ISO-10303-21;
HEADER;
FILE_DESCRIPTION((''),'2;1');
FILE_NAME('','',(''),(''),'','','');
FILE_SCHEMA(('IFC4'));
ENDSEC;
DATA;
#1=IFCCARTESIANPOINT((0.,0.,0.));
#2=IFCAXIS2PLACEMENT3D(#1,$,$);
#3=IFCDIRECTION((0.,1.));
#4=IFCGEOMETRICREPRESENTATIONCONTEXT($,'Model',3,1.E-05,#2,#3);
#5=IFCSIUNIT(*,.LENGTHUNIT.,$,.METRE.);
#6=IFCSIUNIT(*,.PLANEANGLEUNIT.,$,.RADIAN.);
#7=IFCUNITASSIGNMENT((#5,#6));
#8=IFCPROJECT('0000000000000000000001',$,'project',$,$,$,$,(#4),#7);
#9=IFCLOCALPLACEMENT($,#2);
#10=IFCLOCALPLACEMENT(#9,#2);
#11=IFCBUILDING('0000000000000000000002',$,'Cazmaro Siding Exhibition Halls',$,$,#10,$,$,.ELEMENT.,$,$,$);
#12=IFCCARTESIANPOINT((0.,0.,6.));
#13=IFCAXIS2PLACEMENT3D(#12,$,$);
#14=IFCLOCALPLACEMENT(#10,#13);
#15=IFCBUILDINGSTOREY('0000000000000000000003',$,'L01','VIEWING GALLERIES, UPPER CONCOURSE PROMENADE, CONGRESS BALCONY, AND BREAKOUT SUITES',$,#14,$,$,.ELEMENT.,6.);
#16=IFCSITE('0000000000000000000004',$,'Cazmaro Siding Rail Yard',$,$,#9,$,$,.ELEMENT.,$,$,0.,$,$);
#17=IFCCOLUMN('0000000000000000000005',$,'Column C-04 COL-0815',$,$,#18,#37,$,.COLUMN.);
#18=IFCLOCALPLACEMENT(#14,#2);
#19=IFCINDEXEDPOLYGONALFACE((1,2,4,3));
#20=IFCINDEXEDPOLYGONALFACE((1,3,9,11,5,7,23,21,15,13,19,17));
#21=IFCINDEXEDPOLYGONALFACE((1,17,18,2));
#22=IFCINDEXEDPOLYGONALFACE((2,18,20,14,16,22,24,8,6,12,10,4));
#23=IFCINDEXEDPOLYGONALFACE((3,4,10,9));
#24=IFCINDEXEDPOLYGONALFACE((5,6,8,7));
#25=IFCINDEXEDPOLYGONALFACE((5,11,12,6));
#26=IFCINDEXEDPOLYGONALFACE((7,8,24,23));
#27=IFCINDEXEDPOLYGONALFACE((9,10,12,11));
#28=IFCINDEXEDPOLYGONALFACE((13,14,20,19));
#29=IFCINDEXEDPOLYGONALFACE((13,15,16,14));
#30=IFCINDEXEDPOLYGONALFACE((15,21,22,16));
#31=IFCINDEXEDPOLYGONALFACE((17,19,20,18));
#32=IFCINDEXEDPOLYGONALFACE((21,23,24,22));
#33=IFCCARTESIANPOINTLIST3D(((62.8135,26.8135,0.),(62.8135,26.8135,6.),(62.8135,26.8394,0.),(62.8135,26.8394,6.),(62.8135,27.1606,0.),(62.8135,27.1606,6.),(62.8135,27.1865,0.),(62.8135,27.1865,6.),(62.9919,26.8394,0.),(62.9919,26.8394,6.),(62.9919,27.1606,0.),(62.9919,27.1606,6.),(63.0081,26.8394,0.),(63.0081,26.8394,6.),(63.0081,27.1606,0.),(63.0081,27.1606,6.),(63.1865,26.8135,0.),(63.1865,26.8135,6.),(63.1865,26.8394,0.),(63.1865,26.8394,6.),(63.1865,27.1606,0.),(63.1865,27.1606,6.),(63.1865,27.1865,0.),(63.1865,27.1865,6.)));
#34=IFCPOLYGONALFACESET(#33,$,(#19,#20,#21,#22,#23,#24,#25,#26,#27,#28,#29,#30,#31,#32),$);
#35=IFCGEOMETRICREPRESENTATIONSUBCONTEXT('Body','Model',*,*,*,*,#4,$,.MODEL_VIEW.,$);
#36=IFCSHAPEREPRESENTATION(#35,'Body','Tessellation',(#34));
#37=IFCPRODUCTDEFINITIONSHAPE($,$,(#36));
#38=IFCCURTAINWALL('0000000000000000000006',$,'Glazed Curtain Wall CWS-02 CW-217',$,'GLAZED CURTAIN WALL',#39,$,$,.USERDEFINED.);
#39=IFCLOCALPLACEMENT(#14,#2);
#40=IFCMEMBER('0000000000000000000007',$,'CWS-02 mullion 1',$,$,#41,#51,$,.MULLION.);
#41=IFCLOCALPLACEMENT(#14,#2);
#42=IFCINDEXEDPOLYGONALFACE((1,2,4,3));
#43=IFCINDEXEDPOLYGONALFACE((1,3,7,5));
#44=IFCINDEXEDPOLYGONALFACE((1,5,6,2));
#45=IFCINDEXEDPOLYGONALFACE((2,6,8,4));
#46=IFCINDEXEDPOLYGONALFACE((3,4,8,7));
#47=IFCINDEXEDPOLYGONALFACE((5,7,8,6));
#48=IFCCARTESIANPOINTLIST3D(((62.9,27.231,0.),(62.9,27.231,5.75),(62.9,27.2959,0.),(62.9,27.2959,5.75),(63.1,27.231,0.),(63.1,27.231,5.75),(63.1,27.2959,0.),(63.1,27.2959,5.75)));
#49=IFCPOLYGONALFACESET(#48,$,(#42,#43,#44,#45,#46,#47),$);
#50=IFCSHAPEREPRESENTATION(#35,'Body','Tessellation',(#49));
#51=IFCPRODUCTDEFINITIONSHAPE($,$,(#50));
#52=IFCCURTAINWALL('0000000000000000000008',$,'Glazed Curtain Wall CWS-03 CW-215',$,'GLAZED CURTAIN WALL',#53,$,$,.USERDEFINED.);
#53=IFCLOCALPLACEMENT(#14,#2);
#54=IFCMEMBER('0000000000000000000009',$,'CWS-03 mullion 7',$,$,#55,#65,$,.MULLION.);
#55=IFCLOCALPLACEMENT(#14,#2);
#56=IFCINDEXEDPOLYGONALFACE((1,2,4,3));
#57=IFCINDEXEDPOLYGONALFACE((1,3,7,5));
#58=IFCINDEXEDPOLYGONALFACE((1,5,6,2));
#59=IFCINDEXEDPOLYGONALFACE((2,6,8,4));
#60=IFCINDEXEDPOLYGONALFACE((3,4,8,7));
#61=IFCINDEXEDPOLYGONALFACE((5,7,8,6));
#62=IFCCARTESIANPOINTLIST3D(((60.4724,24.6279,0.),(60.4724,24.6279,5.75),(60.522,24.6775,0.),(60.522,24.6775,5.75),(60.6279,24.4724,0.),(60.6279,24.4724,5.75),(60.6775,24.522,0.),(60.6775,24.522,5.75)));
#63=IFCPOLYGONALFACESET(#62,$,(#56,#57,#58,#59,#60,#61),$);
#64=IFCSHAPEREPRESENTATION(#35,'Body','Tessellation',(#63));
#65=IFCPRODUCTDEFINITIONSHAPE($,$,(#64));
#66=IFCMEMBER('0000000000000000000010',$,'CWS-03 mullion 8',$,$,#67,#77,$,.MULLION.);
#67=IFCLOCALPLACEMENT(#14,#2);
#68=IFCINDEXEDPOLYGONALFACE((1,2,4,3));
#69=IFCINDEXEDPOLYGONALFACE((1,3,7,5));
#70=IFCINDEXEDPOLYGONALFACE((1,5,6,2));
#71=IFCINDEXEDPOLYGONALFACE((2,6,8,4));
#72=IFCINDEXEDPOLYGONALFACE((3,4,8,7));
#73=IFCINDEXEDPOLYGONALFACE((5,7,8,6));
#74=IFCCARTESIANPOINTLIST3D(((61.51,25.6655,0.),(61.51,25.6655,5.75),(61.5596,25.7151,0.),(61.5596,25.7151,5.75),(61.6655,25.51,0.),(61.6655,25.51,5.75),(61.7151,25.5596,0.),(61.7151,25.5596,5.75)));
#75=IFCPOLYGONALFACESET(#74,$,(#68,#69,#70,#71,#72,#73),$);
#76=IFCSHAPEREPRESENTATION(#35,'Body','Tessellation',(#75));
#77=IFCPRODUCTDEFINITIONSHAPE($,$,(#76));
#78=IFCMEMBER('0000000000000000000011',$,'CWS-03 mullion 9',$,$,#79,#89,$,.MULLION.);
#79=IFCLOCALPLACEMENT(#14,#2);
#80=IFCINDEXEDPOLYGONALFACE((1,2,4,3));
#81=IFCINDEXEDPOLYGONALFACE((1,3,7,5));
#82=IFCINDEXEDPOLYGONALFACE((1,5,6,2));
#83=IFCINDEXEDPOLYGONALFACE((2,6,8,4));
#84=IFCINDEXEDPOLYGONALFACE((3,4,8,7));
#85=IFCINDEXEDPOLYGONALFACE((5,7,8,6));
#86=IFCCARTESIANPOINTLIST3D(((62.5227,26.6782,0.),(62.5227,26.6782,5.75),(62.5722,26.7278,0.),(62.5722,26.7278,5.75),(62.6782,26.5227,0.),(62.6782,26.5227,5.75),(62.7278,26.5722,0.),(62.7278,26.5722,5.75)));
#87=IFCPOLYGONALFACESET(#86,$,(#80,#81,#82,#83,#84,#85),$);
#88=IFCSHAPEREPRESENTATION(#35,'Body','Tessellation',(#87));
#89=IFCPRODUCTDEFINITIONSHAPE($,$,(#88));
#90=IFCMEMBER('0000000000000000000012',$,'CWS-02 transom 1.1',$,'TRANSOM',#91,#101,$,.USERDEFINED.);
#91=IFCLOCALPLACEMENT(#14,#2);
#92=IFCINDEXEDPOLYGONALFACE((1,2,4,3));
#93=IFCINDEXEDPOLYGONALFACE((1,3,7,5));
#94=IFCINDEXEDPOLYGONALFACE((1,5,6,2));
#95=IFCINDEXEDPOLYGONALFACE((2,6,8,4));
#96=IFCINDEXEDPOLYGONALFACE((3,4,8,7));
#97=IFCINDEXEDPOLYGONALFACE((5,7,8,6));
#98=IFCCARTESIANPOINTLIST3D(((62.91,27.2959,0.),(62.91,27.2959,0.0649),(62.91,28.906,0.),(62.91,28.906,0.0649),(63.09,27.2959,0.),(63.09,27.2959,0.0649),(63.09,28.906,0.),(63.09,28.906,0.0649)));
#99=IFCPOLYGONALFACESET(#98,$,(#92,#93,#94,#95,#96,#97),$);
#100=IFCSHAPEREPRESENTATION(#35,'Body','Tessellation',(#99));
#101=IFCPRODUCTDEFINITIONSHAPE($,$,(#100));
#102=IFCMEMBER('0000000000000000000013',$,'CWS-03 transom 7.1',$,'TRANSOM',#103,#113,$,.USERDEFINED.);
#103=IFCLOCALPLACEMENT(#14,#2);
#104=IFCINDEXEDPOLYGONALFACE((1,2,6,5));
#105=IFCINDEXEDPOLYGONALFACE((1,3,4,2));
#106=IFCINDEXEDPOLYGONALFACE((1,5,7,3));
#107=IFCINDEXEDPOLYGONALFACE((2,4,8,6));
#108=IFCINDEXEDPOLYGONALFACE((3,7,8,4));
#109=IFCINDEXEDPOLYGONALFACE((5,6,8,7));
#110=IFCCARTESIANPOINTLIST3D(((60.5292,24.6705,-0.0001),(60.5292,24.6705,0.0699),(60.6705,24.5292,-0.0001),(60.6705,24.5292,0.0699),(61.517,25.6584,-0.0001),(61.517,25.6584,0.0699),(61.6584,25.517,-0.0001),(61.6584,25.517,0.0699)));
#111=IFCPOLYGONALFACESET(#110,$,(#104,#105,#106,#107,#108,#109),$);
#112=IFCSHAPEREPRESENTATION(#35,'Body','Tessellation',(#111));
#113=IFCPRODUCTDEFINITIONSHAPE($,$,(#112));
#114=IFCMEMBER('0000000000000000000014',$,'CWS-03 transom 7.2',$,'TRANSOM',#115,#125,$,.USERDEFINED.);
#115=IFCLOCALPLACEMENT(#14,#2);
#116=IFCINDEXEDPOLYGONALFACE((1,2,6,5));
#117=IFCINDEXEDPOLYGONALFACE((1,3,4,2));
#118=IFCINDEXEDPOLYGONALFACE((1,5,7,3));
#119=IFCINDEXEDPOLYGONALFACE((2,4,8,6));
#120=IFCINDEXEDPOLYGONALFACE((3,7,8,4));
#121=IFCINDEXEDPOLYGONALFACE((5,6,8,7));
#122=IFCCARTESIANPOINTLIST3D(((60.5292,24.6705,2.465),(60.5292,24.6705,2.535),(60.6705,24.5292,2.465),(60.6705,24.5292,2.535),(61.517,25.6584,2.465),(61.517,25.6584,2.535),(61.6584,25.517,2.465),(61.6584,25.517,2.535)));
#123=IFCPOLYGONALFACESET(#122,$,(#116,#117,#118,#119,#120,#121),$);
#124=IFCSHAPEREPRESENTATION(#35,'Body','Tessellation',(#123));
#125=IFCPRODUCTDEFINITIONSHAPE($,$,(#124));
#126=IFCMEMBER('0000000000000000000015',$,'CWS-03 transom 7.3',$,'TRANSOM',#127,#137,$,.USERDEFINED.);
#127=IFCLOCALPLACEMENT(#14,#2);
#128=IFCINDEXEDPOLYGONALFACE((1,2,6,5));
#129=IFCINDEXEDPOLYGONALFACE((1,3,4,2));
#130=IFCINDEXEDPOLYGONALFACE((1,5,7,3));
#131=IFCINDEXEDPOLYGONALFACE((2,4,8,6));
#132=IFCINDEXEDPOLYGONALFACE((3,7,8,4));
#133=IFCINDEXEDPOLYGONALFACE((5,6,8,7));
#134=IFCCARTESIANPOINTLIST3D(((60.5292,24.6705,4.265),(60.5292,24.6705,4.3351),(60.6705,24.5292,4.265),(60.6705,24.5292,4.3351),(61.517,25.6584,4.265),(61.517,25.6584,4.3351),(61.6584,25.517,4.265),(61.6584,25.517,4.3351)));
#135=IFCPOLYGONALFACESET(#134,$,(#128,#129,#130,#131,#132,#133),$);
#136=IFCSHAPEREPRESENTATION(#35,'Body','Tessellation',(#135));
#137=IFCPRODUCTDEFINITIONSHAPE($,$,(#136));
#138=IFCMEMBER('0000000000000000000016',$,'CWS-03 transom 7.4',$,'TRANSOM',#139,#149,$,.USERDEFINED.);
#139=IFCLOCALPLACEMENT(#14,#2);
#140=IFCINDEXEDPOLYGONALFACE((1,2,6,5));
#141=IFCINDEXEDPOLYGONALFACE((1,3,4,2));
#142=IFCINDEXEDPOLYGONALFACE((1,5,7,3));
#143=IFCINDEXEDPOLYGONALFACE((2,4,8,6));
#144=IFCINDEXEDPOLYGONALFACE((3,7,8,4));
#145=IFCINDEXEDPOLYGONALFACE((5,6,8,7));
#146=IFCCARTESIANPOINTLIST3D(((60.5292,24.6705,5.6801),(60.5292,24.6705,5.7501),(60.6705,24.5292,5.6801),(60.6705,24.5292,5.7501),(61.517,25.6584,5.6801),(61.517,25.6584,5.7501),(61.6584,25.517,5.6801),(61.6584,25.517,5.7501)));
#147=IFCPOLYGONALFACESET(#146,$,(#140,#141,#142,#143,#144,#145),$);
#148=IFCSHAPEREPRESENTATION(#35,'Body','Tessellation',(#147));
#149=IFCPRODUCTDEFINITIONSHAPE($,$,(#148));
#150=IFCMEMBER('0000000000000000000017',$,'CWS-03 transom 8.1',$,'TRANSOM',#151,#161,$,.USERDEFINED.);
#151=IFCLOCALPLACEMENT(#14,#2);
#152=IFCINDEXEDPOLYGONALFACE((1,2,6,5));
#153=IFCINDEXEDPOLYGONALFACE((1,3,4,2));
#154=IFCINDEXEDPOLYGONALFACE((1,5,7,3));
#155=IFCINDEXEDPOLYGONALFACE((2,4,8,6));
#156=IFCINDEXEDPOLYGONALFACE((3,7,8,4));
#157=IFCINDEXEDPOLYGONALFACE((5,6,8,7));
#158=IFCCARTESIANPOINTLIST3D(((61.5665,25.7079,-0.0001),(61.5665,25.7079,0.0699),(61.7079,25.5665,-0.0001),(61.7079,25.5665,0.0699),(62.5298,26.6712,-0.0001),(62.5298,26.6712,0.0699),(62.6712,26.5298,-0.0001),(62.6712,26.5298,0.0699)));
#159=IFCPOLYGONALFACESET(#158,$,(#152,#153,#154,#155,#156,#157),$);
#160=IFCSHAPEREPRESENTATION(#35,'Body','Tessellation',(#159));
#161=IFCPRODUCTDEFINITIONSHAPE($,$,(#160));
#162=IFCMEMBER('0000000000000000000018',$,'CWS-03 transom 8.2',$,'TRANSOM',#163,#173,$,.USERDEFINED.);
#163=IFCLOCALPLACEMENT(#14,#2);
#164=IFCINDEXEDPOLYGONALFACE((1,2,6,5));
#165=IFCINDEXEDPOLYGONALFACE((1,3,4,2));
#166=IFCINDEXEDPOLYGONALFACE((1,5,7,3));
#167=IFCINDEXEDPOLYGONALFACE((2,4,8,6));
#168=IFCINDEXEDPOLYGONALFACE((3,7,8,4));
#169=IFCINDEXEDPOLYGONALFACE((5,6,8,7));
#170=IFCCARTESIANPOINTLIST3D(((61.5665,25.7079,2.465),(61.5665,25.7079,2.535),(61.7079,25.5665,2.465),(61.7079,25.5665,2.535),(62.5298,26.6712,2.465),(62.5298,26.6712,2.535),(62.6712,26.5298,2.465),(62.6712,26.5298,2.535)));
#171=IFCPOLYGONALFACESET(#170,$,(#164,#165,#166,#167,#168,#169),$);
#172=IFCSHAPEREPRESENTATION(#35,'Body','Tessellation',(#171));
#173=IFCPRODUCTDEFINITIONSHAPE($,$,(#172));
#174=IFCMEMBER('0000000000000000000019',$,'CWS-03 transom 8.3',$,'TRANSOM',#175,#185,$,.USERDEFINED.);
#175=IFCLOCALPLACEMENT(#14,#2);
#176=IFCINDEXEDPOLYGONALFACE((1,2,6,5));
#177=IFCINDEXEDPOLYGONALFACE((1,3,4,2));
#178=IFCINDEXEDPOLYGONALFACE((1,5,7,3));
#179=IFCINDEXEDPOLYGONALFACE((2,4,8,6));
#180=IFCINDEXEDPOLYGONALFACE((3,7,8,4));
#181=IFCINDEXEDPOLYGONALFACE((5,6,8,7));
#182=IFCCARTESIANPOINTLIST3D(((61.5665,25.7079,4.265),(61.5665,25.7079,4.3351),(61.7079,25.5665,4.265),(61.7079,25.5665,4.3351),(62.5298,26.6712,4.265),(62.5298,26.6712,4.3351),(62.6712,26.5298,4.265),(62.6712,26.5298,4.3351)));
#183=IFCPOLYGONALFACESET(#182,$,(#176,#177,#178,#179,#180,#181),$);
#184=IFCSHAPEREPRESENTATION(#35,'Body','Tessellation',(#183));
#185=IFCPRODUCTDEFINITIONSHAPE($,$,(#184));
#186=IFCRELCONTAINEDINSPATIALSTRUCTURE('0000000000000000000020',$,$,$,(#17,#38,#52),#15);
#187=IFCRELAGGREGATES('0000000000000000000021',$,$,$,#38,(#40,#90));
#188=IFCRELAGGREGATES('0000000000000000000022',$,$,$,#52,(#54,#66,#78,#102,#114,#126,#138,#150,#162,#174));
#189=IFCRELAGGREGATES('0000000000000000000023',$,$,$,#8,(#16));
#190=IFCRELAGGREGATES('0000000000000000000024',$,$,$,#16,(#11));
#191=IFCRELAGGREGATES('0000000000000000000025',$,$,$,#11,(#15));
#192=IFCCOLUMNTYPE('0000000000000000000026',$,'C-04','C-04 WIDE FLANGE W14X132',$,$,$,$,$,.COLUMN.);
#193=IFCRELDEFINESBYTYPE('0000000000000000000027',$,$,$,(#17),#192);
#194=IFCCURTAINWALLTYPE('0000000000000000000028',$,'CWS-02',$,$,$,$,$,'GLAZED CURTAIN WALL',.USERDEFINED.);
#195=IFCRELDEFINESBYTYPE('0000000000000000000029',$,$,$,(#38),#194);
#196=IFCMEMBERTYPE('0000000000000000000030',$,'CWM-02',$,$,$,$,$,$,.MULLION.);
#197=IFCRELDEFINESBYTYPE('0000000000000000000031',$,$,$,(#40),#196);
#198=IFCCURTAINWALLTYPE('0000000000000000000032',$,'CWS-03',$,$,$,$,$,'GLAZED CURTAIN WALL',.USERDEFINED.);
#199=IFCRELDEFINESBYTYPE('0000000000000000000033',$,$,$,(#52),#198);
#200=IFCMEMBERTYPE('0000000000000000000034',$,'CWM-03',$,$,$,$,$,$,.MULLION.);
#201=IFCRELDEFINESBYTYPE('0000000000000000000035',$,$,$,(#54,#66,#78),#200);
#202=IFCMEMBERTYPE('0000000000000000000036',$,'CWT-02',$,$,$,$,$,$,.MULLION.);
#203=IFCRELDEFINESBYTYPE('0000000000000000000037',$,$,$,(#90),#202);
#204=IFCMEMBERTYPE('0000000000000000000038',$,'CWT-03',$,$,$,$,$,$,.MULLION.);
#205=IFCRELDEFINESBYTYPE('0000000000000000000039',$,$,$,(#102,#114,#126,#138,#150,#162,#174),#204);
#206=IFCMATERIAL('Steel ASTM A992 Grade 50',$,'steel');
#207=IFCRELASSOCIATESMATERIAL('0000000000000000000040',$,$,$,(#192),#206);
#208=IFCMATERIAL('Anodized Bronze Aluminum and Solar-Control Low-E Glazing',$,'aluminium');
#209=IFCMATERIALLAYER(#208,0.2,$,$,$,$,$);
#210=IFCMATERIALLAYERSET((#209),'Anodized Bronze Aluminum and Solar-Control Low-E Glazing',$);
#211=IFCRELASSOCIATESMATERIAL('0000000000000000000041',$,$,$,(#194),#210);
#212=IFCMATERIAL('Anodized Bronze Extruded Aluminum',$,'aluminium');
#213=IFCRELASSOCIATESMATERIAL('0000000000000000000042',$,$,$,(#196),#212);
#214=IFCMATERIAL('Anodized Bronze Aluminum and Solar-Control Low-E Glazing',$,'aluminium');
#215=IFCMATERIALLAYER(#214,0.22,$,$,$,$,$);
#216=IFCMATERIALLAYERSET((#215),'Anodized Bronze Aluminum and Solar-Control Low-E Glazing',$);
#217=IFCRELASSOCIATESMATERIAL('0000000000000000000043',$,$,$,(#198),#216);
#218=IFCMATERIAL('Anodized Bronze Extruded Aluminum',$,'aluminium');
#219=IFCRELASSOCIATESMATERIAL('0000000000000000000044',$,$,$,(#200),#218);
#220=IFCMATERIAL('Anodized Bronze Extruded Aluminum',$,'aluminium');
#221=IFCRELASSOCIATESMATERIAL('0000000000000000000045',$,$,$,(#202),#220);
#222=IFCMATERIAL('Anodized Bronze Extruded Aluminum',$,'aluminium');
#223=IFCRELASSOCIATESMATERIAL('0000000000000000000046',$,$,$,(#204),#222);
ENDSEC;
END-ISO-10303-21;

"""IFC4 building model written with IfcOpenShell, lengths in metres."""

from ifc_helpers import new_model, si_unit, direction, frame, origin, origin_2d, place, context, subcontext, project, spatial, rectangle, i_section, extrude, material, layer, layer_set, material_profile, profile_set, type_object, element, aggregate, save


model = new_model("IFC4")

# Units and contexts
model_context = context("Model", 3, precision=1e-05, world=origin(), true_north=direction((0.0, 1.0)))
body_context = subcontext(model_context, "Body", "Model", "MODEL_VIEW")
ifc_project = project(units=[si_unit("LENGTHUNIT", "METRE"), si_unit("PLANEANGLEUNIT", "RADIAN")], contexts=[model_context])

# Site, building, storey
site_placement = place(None, origin())
site = spatial("IfcSite", under=ifc_project, at=site_placement, Name="Cazmaro Siding Rail Yard", CompositionType="ELEMENT", RefElevation=0.0)
building_placement = place(site_placement, origin())
building = spatial("IfcBuilding", under=site, at=building_placement, Name="Cazmaro Siding Exhibition Halls", CompositionType="ELEMENT")
storey_placement = place(building_placement, frame((0.0, 0.0, 6.0)))
storey = spatial("IfcBuildingStorey", under=building, at=storey_placement, Name="L01", Description="VIEWING GALLERIES, UPPER CONCOURSE PROMENADE, CONGRESS BALCONY, AND BREAKOUT SUITES", CompositionType="ELEMENT", Elevation=6.0)

# Column
ifc_material_1 = material(Name="Steel ASTM A992 Grade 50", Category="steel")
ifc_material_profile_1 = material_profile(ifc_material_1, i_section(OverallWidth=0.373, OverallDepth=0.373, WebThickness=0.0161, FlangeThickness=0.0259, at=origin_2d()), Name="W14X132")
ifc_profile_set_1 = profile_set([ifc_material_profile_1], Name="Steel ASTM A992 Grade 50")
column_type = type_object("IfcColumnType", Name="C-04", Description="C-04 WIDE FLANGE W14X132", PredefinedType="COLUMN", material=ifc_profile_set_1)
column_placement = place(storey_placement, frame((63.0, 27.0, 0.0), z_axis=(0.0, 0.0, 1.0), x_axis=(1.0, 0.0, 0.0)))
element("IfcColumn", 1, at=column_placement, inside=storey, type_object=column_type, Name="Column C-04 COL-0815", PredefinedType="COLUMN", context=body_context, shape_type="SweptSolid", body=[
    extrude(i_section(OverallWidth=0.373, OverallDepth=0.373, WebThickness=0.0161, FlangeThickness=0.0259, at=origin_2d()), origin(), (0.0, 0.0, 1.0), 6.0),
])

# Curtain wall, member
ifc_material_2 = material(Name="Anodized Bronze Aluminum and Solar-Control Low-E Glazing", Category="aluminium")
ifc_layer_1 = layer(ifc_material_2, 0.2)
ifc_layer_set_1 = layer_set([ifc_layer_1], Name="Anodized Bronze Aluminum and Solar-Control Low-E Glazing")
curtain_wall_type_1 = type_object("IfcCurtainWallType", Name="CWS-02", ElementType="GLAZED CURTAIN WALL", PredefinedType="USERDEFINED", material=ifc_layer_set_1)
curtain_wall_1_placement = place(storey_placement, origin())
curtain_wall_1 = element("IfcCurtainWall", 2, at=curtain_wall_1_placement, inside=storey, type_object=curtain_wall_type_1, Name="Glazed Curtain Wall CWS-02 CW-217", ObjectType="GLAZED CURTAIN WALL", PredefinedType="USERDEFINED")
ifc_material_3 = material(Name="Anodized Bronze Extruded Aluminum", Category="aluminium")
ifc_material_profile_2 = material_profile(ifc_material_3, rectangle(XDim=0.2, YDim=0.0649, at=origin_2d()), Name="CWM-02")
ifc_profile_set_2 = profile_set([ifc_material_profile_2], Name="Anodized Bronze Extruded Aluminum")
member_type_1 = type_object("IfcMemberType", Name="CWM-02", PredefinedType="MULLION", material=ifc_profile_set_2)
member_1_placement = place(storey_placement, frame((63.0, 27.2634, 0.0), z_axis=(0.0, 0.0, 1.0), x_axis=(-1.0, 0.0, 0.0)))
member_1 = element("IfcMember", 3, at=member_1_placement, type_object=member_type_1, Name="CWS-02 mullion 1", PredefinedType="MULLION", context=body_context, shape_type="SweptSolid", body=[
    extrude(rectangle(XDim=0.2, YDim=0.0649, at=origin_2d()), origin(), (0.0, 0.0, 1.0), 5.75),
])

# Curtain wall, members
ifc_material_4 = material(Name="Anodized Bronze Aluminum and Solar-Control Low-E Glazing", Category="aluminium")
ifc_layer_2 = layer(ifc_material_4, 0.22)
ifc_layer_set_2 = layer_set([ifc_layer_2], Name="Anodized Bronze Aluminum and Solar-Control Low-E Glazing")
curtain_wall_type_2 = type_object("IfcCurtainWallType", Name="CWS-03", ElementType="GLAZED CURTAIN WALL", PredefinedType="USERDEFINED", material=ifc_layer_set_2)
curtain_wall_2_placement = place(storey_placement, origin())
curtain_wall_2 = element("IfcCurtainWall", 4, at=curtain_wall_2_placement, inside=storey, type_object=curtain_wall_type_2, Name="Glazed Curtain Wall CWS-03 CW-215", ObjectType="GLAZED CURTAIN WALL", PredefinedType="USERDEFINED")
ifc_material_5 = material(Name="Anodized Bronze Extruded Aluminum", Category="aluminium")
ifc_material_profile_3 = material_profile(ifc_material_5, rectangle(XDim=0.22, YDim=0.0701, at=origin_2d()), Name="CWM-03")
ifc_profile_set_3 = profile_set([ifc_material_profile_3], Name="Anodized Bronze Extruded Aluminum")
member_type_2 = type_object("IfcMemberType", Name="CWM-03", PredefinedType="MULLION", material=ifc_profile_set_3)
member_2_placement = place(storey_placement, frame((60.575, 24.575, 0.0), z_axis=(0.0, 0.0, 1.0), x_axis=(-0.707107, 0.707107, 0.0)))
member_2 = element("IfcMember", 5, at=member_2_placement, type_object=member_type_2, Name="CWS-03 mullion 7", PredefinedType="MULLION", context=body_context, shape_type="SweptSolid", body=[
    extrude(rectangle(XDim=0.22, YDim=0.0701, at=origin_2d()), origin(), (0.0, 0.0, 1.0), 5.75),
])
member_3_placement = place(storey_placement, frame((61.6125, 25.6125, 0.0), z_axis=(0.0, 0.0, 1.0), x_axis=(-0.707107, 0.707107, 0.0)))
member_3 = element("IfcMember", 6, at=member_3_placement, type_object=member_type_2, Name="CWS-03 mullion 8", PredefinedType="MULLION", context=body_context, shape_type="SweptSolid", body=[
    extrude(rectangle(XDim=0.22, YDim=0.0701, at=origin_2d()), origin(), (0.0, 0.0, 1.0), 5.75),
])
member_4_placement = place(storey_placement, frame((62.6252, 26.6252, 0.0), z_axis=(0.0, 0.0, 1.0), x_axis=(-0.707107, 0.707107, 0.0)))
member_4 = element("IfcMember", 7, at=member_4_placement, type_object=member_type_2, Name="CWS-03 mullion 9", PredefinedType="MULLION", context=body_context, shape_type="SweptSolid", body=[
    extrude(rectangle(XDim=0.22, YDim=0.0701, at=origin_2d()), origin(), (0.0, 0.0, 1.0), 5.75),
])

# Members
ifc_material_6 = material(Name="Anodized Bronze Extruded Aluminum", Category="aluminium")
ifc_material_profile_4 = material_profile(ifc_material_6, rectangle(XDim=0.1799, YDim=0.0649, at=origin_2d()), Name="CWT-02")
ifc_profile_set_4 = profile_set([ifc_material_profile_4], Name="Anodized Bronze Extruded Aluminum")
member_type_3 = type_object("IfcMemberType", Name="CWT-02", PredefinedType="MULLION", material=ifc_profile_set_4)
member_5_placement = place(storey_placement, frame((63.0, 27.2959, 0.0325), z_axis=(0.0, 1.0, 0.0), x_axis=(-1.0, 0.0, 0.0)))
member_5 = element("IfcMember", 8, at=member_5_placement, type_object=member_type_3, Name="CWS-02 transom 1.1", ObjectType="TRANSOM", PredefinedType="USERDEFINED", context=body_context, shape_type="SweptSolid", body=[
    extrude(rectangle(XDim=0.1799, YDim=0.0649, at=origin_2d()), origin(), (0.0, 0.0, 1.0), 1.6101),
])
aggregate(curtain_wall_1, [member_1, member_5])
ifc_material_7 = material(Name="Anodized Bronze Extruded Aluminum", Category="aluminium")
ifc_material_profile_5 = material_profile(ifc_material_7, rectangle(XDim=0.2, YDim=0.0701, at=origin_2d()), Name="CWT-03")
ifc_profile_set_5 = profile_set([ifc_material_profile_5], Name="Anodized Bronze Extruded Aluminum")
member_type_4 = type_object("IfcMemberType", Name="CWT-03", PredefinedType="MULLION", material=ifc_profile_set_5)
member_6_placement = place(storey_placement, frame((60.5999, 24.5999, 0.0349), z_axis=(0.707107, 0.707107, 0.0), x_axis=(-0.707107, 0.707107, 0.0)))
member_6 = element("IfcMember", 9, at=member_6_placement, type_object=member_type_4, Name="CWS-03 transom 7.1", ObjectType="TRANSOM", PredefinedType="USERDEFINED", context=body_context, shape_type="SweptSolid", body=[
    extrude(rectangle(XDim=0.2, YDim=0.0701, at=origin_2d()), origin(), (0.0, 0.0, 1.0), 1.397),
])
member_7_placement = place(storey_placement, frame((60.5999, 24.5999, 2.5), z_axis=(0.707107, 0.707107, 0.0), x_axis=(-0.707107, 0.707107, 0.0)))
member_7 = element("IfcMember", 10, at=member_7_placement, type_object=member_type_4, Name="CWS-03 transom 7.2", ObjectType="TRANSOM", PredefinedType="USERDEFINED", context=body_context, shape_type="SweptSolid", body=[
    extrude(rectangle(XDim=0.2, YDim=0.0701, at=origin_2d()), origin(), (0.0, 0.0, 1.0), 1.397),
])
member_8_placement = place(storey_placement, frame((60.5999, 24.5999, 4.3), z_axis=(0.707107, 0.707107, 0.0), x_axis=(-0.707107, 0.707107, 0.0)))
member_8 = element("IfcMember", 11, at=member_8_placement, type_object=member_type_4, Name="CWS-03 transom 7.3", ObjectType="TRANSOM", PredefinedType="USERDEFINED", context=body_context, shape_type="SweptSolid", body=[
    extrude(rectangle(XDim=0.2, YDim=0.0701, at=origin_2d()), origin(), (0.0, 0.0, 1.0), 1.397),
])
member_9_placement = place(storey_placement, frame((60.5999, 24.5999, 5.7151), z_axis=(0.707107, 0.707107, 0.0), x_axis=(-0.707107, 0.707107, 0.0)))
member_9 = element("IfcMember", 12, at=member_9_placement, type_object=member_type_4, Name="CWS-03 transom 7.4", ObjectType="TRANSOM", PredefinedType="USERDEFINED", context=body_context, shape_type="SweptSolid", body=[
    extrude(rectangle(XDim=0.2, YDim=0.0701, at=origin_2d()), origin(), (0.0, 0.0, 1.0), 1.397),
])
member_10_placement = place(storey_placement, frame((61.6372, 25.6372, 0.0349), z_axis=(0.707107, 0.707107, 0.0), x_axis=(-0.707107, 0.707107, 0.0)))
member_10 = element("IfcMember", 13, at=member_10_placement, type_object=member_type_4, Name="CWS-03 transom 8.1", ObjectType="TRANSOM", PredefinedType="USERDEFINED", context=body_context, shape_type="SweptSolid", body=[
    extrude(rectangle(XDim=0.2, YDim=0.0701, at=origin_2d()), origin(), (0.0, 0.0, 1.0), 1.3623),
])
member_11_placement = place(storey_placement, frame((61.6372, 25.6372, 2.5), z_axis=(0.707107, 0.707107, 0.0), x_axis=(-0.707107, 0.707107, 0.0)))
member_11 = element("IfcMember", 14, at=member_11_placement, type_object=member_type_4, Name="CWS-03 transom 8.2", ObjectType="TRANSOM", PredefinedType="USERDEFINED", context=body_context, shape_type="SweptSolid", body=[
    extrude(rectangle(XDim=0.2, YDim=0.0701, at=origin_2d()), origin(), (0.0, 0.0, 1.0), 1.3623),
])
member_12_placement = place(storey_placement, frame((61.6372, 25.6372, 4.3), z_axis=(0.707107, 0.707107, 0.0), x_axis=(-0.707107, 0.707107, 0.0)))
member_12 = element("IfcMember", 15, at=member_12_placement, type_object=member_type_4, Name="CWS-03 transom 8.3", ObjectType="TRANSOM", PredefinedType="USERDEFINED", context=body_context, shape_type="SweptSolid", body=[
    extrude(rectangle(XDim=0.2, YDim=0.0701, at=origin_2d()), origin(), (0.0, 0.0, 1.0), 1.3623),
])

aggregate(curtain_wall_2, [member_2, member_3, member_4, member_6, member_7, member_8, member_9, member_10, member_11, member_12])

save(model, "model.ifc")
